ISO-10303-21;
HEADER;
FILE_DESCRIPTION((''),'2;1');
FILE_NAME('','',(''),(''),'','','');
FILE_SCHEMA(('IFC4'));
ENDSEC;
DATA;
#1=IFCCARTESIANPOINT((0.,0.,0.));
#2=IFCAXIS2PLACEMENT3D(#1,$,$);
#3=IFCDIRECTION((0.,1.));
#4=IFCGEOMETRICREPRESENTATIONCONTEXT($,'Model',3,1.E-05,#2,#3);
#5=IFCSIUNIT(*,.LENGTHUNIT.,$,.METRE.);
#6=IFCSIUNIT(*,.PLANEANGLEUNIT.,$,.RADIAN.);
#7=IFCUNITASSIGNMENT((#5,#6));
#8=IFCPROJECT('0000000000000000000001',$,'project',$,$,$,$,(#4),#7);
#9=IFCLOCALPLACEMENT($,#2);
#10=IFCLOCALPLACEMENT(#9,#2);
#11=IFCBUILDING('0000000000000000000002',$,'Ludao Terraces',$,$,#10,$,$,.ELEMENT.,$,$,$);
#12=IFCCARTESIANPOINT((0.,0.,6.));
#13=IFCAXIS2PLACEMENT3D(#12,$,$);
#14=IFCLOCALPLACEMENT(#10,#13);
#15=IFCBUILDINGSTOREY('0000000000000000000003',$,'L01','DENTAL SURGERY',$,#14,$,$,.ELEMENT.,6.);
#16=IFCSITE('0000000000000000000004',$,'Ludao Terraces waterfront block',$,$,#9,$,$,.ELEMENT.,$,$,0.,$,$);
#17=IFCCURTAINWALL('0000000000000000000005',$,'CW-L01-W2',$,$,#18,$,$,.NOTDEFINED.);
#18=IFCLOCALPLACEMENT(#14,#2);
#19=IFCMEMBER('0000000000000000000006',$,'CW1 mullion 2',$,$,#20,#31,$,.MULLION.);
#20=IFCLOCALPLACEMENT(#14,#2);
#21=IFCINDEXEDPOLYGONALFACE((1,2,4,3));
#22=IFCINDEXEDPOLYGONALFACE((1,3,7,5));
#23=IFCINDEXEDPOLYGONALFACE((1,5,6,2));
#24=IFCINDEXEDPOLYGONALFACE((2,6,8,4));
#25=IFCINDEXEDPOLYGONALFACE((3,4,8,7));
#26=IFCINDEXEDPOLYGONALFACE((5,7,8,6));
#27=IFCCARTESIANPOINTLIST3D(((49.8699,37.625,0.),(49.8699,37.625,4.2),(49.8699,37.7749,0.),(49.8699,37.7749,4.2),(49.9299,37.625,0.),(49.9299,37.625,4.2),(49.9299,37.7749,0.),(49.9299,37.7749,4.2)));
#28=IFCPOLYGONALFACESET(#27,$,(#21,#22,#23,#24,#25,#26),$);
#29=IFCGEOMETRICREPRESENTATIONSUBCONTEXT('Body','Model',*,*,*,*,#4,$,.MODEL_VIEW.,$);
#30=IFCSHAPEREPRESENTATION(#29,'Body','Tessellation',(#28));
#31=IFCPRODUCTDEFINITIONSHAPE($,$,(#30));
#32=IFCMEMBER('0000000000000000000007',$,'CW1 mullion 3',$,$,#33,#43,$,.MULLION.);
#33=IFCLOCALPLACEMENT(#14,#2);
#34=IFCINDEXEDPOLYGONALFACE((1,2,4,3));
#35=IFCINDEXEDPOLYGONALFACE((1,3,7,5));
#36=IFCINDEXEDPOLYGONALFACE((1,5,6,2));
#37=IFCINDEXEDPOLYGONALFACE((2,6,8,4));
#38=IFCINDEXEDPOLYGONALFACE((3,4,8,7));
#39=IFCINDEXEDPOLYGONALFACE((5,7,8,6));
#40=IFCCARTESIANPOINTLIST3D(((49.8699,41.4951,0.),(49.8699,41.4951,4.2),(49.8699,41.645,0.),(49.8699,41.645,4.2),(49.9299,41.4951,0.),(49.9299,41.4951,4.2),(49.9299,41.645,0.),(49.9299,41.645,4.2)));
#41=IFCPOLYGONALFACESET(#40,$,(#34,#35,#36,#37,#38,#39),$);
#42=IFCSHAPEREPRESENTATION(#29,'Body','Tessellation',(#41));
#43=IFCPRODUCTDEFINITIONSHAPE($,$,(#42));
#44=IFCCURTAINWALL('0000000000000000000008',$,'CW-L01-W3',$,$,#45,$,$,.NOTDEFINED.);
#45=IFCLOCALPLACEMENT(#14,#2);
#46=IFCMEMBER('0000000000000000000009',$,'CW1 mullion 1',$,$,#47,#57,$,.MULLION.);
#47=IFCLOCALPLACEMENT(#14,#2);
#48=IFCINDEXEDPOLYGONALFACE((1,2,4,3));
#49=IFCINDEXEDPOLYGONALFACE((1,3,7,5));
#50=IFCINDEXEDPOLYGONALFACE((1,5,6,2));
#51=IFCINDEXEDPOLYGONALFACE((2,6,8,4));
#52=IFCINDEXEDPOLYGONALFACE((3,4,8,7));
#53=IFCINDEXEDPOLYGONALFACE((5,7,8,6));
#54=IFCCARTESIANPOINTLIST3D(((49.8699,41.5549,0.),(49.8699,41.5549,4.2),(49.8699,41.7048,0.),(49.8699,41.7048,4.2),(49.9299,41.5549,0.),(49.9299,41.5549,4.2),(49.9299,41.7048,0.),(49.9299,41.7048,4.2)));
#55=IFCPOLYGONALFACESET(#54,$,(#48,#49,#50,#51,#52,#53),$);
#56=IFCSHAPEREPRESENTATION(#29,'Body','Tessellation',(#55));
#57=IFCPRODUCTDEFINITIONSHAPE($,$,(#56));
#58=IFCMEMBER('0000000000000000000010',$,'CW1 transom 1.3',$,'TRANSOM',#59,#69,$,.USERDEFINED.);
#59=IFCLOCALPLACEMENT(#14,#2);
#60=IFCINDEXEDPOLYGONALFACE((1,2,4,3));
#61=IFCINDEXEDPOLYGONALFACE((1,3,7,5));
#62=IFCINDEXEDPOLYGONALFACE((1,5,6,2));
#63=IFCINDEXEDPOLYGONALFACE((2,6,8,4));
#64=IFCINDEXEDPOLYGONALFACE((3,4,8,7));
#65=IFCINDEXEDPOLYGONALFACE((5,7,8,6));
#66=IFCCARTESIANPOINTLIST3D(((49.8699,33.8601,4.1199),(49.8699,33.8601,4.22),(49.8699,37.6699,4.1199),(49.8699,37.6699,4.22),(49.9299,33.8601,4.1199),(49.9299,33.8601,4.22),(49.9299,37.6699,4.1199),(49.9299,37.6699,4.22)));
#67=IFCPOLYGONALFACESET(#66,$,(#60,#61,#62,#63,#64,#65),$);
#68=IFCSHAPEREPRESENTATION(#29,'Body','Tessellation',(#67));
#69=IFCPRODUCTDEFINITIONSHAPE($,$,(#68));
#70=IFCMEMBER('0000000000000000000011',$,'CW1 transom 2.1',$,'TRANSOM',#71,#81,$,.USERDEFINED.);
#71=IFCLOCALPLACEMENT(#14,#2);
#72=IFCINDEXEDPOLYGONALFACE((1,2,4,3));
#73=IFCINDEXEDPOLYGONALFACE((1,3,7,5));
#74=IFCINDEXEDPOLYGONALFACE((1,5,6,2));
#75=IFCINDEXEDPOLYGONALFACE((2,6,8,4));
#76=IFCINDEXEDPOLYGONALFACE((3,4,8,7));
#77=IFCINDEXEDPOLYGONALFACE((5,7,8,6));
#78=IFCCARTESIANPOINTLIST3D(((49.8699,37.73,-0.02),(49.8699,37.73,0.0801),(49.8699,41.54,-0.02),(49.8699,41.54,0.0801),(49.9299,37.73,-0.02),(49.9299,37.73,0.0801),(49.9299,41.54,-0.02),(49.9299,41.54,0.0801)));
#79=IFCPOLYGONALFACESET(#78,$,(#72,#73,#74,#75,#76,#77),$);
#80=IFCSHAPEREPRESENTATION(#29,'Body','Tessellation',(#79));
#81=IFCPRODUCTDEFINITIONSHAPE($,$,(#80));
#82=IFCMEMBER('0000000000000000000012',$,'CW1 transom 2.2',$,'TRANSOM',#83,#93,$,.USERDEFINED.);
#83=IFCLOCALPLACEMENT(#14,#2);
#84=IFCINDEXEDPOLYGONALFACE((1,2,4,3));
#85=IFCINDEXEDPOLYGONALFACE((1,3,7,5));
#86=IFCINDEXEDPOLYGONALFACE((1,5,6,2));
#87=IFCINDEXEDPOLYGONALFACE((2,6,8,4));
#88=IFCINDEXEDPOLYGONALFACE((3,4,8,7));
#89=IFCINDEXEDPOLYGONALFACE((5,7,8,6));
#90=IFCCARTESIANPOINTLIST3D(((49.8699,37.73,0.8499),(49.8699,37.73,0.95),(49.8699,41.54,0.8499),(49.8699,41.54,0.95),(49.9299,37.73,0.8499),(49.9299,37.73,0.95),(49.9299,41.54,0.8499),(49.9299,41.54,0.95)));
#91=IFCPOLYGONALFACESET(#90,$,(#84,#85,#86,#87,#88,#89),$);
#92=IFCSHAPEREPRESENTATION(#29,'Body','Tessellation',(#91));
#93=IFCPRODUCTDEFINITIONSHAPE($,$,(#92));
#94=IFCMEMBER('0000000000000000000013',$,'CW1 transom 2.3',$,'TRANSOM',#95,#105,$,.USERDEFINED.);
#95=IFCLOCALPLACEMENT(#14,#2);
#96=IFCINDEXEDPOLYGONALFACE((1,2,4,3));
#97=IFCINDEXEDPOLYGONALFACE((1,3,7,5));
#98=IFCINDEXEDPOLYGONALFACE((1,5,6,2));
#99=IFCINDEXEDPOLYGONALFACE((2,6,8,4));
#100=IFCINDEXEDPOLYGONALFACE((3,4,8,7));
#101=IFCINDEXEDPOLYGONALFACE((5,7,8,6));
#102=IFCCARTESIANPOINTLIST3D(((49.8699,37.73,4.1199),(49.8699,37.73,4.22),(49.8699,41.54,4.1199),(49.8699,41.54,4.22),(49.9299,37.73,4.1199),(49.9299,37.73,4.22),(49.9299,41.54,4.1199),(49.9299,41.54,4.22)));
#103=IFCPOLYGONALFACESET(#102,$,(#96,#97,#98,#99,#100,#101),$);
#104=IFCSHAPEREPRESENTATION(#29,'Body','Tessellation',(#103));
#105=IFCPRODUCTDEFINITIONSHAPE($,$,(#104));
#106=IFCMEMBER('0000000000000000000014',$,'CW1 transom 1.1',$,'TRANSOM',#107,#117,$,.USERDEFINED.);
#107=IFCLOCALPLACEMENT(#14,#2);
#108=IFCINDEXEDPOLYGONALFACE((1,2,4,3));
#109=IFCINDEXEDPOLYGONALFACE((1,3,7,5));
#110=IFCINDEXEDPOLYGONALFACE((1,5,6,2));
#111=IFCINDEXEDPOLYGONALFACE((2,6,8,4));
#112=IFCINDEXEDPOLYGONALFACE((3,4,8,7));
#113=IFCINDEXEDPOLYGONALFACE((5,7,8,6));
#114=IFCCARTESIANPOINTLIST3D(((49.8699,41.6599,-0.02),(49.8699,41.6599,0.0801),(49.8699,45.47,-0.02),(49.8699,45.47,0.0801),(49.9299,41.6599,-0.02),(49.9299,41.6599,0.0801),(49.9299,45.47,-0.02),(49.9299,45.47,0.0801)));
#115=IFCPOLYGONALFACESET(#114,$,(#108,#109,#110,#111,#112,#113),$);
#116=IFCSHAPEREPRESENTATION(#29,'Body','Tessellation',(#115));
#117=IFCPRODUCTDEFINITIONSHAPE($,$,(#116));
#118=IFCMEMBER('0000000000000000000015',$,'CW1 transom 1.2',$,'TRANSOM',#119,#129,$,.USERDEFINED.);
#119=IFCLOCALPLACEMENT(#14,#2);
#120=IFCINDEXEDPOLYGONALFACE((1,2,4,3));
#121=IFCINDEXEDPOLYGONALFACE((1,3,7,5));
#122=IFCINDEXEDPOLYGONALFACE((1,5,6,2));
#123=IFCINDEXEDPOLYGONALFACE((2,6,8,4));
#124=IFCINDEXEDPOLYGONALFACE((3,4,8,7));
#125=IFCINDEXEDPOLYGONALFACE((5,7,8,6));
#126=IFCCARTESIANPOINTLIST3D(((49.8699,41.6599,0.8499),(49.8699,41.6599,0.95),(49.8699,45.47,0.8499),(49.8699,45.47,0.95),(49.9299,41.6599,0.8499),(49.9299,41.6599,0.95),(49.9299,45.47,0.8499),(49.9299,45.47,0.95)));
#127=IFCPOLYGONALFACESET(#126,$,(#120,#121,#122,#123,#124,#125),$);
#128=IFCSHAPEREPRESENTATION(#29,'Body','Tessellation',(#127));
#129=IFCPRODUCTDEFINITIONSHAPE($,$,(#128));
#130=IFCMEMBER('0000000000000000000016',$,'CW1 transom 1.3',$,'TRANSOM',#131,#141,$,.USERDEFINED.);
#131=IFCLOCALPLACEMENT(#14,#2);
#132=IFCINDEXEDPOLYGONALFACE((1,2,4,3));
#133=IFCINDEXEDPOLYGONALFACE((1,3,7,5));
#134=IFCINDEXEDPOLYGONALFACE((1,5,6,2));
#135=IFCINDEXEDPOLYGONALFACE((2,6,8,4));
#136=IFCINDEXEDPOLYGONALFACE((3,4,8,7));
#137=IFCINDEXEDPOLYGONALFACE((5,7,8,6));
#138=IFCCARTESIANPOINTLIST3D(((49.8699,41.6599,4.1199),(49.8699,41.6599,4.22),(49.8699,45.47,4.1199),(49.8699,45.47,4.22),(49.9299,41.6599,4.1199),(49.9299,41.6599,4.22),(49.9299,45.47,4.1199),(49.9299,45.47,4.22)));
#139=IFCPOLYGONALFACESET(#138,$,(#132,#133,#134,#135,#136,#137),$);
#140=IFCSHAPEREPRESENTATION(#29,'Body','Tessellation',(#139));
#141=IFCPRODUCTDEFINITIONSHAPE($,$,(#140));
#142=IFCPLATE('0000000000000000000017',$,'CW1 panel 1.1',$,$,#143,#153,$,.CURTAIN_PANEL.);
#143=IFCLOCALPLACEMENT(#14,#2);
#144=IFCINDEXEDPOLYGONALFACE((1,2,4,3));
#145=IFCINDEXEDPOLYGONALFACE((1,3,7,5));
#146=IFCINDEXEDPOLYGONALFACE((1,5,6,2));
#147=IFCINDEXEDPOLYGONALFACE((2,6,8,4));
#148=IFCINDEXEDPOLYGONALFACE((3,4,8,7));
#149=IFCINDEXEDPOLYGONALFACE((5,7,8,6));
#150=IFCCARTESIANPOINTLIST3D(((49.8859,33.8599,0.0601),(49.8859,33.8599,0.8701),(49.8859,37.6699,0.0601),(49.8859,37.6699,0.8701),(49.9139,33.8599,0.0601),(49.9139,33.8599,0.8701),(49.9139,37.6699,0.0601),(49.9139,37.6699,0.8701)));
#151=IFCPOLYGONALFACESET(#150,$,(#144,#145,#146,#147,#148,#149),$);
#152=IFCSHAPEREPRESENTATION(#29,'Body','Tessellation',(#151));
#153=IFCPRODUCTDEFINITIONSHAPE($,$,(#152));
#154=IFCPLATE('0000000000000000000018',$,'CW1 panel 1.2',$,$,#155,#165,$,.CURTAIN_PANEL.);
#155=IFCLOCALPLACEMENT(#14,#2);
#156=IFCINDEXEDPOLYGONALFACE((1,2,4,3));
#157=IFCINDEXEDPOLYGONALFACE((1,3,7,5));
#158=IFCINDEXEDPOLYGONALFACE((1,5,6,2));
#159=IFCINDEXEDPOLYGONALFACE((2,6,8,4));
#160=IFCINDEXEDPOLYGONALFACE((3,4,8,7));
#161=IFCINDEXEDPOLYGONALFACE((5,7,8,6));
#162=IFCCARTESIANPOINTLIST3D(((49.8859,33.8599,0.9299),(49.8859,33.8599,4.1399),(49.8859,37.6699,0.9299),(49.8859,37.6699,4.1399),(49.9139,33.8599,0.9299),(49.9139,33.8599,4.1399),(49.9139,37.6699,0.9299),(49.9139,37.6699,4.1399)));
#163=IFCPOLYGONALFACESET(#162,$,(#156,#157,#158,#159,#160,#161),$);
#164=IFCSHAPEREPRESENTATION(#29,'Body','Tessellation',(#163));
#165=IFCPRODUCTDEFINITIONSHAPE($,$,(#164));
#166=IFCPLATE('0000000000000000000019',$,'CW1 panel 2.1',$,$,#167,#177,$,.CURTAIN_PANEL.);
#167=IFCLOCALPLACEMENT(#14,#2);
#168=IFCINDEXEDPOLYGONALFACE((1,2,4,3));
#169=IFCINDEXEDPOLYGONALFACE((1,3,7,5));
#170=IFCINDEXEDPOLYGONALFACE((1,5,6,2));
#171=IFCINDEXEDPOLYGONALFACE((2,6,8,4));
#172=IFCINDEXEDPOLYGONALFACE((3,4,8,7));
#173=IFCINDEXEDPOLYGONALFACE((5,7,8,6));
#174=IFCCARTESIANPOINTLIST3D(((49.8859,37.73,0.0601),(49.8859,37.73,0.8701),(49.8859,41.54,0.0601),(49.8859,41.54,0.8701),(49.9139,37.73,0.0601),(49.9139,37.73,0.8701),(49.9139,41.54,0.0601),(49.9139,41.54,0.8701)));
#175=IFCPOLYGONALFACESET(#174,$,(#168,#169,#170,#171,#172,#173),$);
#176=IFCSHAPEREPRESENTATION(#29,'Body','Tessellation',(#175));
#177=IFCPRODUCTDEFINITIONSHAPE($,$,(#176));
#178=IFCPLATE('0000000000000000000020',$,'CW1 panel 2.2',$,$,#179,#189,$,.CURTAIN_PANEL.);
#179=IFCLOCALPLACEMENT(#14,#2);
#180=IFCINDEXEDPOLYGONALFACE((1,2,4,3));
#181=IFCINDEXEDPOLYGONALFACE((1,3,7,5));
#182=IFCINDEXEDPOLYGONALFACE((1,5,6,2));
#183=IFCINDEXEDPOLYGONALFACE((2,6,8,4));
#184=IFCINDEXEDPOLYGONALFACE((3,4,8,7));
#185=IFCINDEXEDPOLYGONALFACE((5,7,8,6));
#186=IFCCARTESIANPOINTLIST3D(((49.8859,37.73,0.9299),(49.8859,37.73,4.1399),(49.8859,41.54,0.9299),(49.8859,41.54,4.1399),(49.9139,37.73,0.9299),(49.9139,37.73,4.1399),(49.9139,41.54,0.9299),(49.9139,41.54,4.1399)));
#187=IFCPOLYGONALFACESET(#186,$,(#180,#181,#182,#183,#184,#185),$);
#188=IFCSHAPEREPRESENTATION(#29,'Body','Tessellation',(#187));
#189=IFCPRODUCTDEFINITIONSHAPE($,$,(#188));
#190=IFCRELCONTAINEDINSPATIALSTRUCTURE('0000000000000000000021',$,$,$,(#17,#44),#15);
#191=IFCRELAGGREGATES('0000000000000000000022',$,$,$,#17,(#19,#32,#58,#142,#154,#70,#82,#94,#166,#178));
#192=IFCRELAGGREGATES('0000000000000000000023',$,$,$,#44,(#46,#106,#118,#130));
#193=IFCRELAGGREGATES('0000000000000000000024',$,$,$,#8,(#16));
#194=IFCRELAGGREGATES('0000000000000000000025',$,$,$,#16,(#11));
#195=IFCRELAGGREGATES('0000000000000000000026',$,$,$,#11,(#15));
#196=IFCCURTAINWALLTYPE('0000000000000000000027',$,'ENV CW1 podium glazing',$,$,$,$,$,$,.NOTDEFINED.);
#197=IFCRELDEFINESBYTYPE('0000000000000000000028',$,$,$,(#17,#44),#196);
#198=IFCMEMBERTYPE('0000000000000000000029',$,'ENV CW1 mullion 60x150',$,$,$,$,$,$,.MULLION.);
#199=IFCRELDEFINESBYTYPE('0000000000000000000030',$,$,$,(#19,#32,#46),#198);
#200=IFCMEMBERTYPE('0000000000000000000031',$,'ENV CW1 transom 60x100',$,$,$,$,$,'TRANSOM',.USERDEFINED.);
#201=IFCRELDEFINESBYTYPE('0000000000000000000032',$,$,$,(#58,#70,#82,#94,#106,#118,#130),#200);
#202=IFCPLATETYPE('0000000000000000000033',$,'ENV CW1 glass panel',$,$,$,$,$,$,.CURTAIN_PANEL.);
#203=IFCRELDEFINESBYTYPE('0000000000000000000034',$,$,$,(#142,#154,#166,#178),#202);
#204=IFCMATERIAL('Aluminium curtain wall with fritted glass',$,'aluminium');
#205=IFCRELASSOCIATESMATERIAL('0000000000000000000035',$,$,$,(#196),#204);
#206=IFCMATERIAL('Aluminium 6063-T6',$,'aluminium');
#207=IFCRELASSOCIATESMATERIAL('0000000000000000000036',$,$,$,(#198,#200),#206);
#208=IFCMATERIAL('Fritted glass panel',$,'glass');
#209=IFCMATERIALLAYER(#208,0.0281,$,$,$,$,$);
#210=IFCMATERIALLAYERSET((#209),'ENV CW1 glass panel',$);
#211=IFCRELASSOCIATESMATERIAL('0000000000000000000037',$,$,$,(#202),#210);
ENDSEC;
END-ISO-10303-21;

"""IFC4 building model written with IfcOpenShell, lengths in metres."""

from ifc_helpers import new_model, si_unit, direction, frame, origin, origin_2d, place, context, subcontext, project, spatial, rectangle, extrude, material, layer, layer_set, material_profile, profile_set, type_object, element, aggregate, save


model = new_model("IFC4")

# Units and contexts
model_context = context("Model", 3, precision=1e-05, world=origin(), true_north=direction((0.0, 1.0)))
body_context = subcontext(model_context, "Body", "Model", "MODEL_VIEW")
ifc_project = project(units=[si_unit("LENGTHUNIT", "METRE"), si_unit("PLANEANGLEUNIT", "RADIAN")], contexts=[model_context])

# Site, building, storey
site_placement = place(None, origin())
site = spatial("IfcSite", under=ifc_project, at=site_placement, Name="Ludao Terraces waterfront block", CompositionType="ELEMENT", RefElevation=0.0)
building_placement = place(site_placement, origin())
building = spatial("IfcBuilding", under=site, at=building_placement, Name="Ludao Terraces", CompositionType="ELEMENT")
storey_placement = place(building_placement, frame((0.0, 0.0, 6.0)))
storey = spatial("IfcBuildingStorey", under=building, at=storey_placement, Name="L01", Description="DENTAL SURGERY", CompositionType="ELEMENT", Elevation=6.0)

# Curtain wall, members
ifc_material_1 = material(Name="Aluminium curtain wall with fritted glass", Category="aluminium")
curtain_wall_type = type_object("IfcCurtainWallType", Name="ENV CW1 podium glazing", PredefinedType="NOTDEFINED", material=ifc_material_1)
curtain_wall_1_placement = place(storey_placement, origin())
curtain_wall_1 = element("IfcCurtainWall", 1, at=curtain_wall_1_placement, inside=storey, type_object=curtain_wall_type, Name="CW-L01-W2", PredefinedType="NOTDEFINED")
ifc_material_2 = material(Name="Aluminium 6063-T6", Category="aluminium")
ifc_material_profile_1 = material_profile(ifc_material_2, rectangle(XDim=0.0601, YDim=0.1499, at=origin_2d()), Name="60 X 150")
ifc_profile_set_1 = profile_set([ifc_material_profile_1], Name="Aluminium 6063-T6")
member_type_1 = type_object("IfcMemberType", Name="ENV CW1 mullion 60x150", PredefinedType="MULLION", material=ifc_profile_set_1)
member_1_placement = place(storey_placement, frame((49.8999, 37.7, 0.0), z_axis=(0.0, 0.0, 1.0), x_axis=(-1.0, 0.0, 0.0)))
member_1 = element("IfcMember", 2, at=member_1_placement, type_object=member_type_1, Name="CW1 mullion 2", PredefinedType="MULLION", context=body_context, shape_type="SweptSolid", body=[
    extrude(rectangle(XDim=0.0601, YDim=0.1499, at=origin_2d()), origin(), (0.0, 0.0, 1.0), 4.2),
])
member_2_placement = place(storey_placement, frame((49.8999, 41.5701, 0.0), z_axis=(0.0, 0.0, 1.0), x_axis=(-1.0, 0.0, 0.0)))
member_2 = element("IfcMember", 3, at=member_2_placement, type_object=member_type_1, Name="CW1 mullion 3", PredefinedType="MULLION", context=body_context, shape_type="SweptSolid", body=[
    extrude(rectangle(XDim=0.0601, YDim=0.1499, at=origin_2d()), origin(), (0.0, 0.0, 1.0), 4.2),
])

# Curtain wall, member
curtain_wall_2_placement = place(storey_placement, origin())
curtain_wall_2 = element("IfcCurtainWall", 4, at=curtain_wall_2_placement, inside=storey, type_object=curtain_wall_type, Name="CW-L01-W3", PredefinedType="NOTDEFINED")
member_3_placement = place(storey_placement, frame((49.8999, 41.6299, 0.0), z_axis=(0.0, 0.0, 1.0), x_axis=(-1.0, 0.0, 0.0)))
member_3 = element("IfcMember", 5, at=member_3_placement, type_object=member_type_1, Name="CW1 mullion 1", PredefinedType="MULLION", context=body_context, shape_type="SweptSolid", body=[
    extrude(rectangle(XDim=0.0601, YDim=0.1499, at=origin_2d()), origin(), (0.0, 0.0, 1.0), 4.2),
])

# Members
ifc_material_profile_2 = material_profile(ifc_material_2, rectangle(XDim=0.0601, YDim=0.1001, at=origin_2d()), Name="60 X 100")
ifc_profile_set_2 = profile_set([ifc_material_profile_2], Name="Aluminium 6063-T6")
member_type_2 = type_object("IfcMemberType", Name="ENV CW1 transom 60x100", ElementType="TRANSOM", PredefinedType="USERDEFINED", material=ifc_profile_set_2)
member_4_placement = place(storey_placement, frame((49.8999, 33.8601, 4.1699), z_axis=(0.0, 1.0, 0.0), x_axis=(-1.0, 0.0, 0.0)))
member_4 = element("IfcMember", 6, at=member_4_placement, type_object=member_type_2, Name="CW1 transom 1.3", ObjectType="TRANSOM", PredefinedType="USERDEFINED", context=body_context, shape_type="SweptSolid", body=[
    extrude(rectangle(XDim=0.0601, YDim=0.1001, at=origin_2d()), origin(), (0.0, 0.0, 1.0), 3.8098),
])
member_5_placement = place(storey_placement, frame((49.8999, 37.73, 0.03), z_axis=(0.0, 1.0, 0.0), x_axis=(-1.0, 0.0, 0.0)))
member_5 = element("IfcMember", 7, at=member_5_placement, type_object=member_type_2, Name="CW1 transom 2.1", ObjectType="TRANSOM", PredefinedType="USERDEFINED", context=body_context, shape_type="SweptSolid", body=[
    extrude(rectangle(XDim=0.0601, YDim=0.1001, at=origin_2d()), origin(), (0.0, 0.0, 1.0), 3.8101),
])
member_6_placement = place(storey_placement, frame((49.8999, 37.73, 0.8999), z_axis=(0.0, 1.0, 0.0), x_axis=(-1.0, 0.0, 0.0)))
member_6 = element("IfcMember", 8, at=member_6_placement, type_object=member_type_2, Name="CW1 transom 2.2", ObjectType="TRANSOM", PredefinedType="USERDEFINED", context=body_context, shape_type="SweptSolid", body=[
    extrude(rectangle(XDim=0.0601, YDim=0.1001, at=origin_2d()), origin(), (0.0, 0.0, 1.0), 3.8101),
])
member_7_placement = place(storey_placement, frame((49.8999, 37.73, 4.1699), z_axis=(0.0, 1.0, 0.0), x_axis=(-1.0, 0.0, 0.0)))
member_7 = element("IfcMember", 9, at=member_7_placement, type_object=member_type_2, Name="CW1 transom 2.3", ObjectType="TRANSOM", PredefinedType="USERDEFINED", context=body_context, shape_type="SweptSolid", body=[
    extrude(rectangle(XDim=0.0601, YDim=0.1001, at=origin_2d()), origin(), (0.0, 0.0, 1.0), 3.8101),
])
member_8_placement = place(storey_placement, frame((49.8999, 41.6599, 0.03), z_axis=(0.0, 1.0, 0.0), x_axis=(-1.0, 0.0, 0.0)))
member_8 = element("IfcMember", 10, at=member_8_placement, type_object=member_type_2, Name="CW1 transom 1.1", ObjectType="TRANSOM", PredefinedType="USERDEFINED", context=body_context, shape_type="SweptSolid", body=[
    extrude(rectangle(XDim=0.0601, YDim=0.1001, at=origin_2d()), origin(), (0.0, 0.0, 1.0), 3.8101),
])
member_9_placement = place(storey_placement, frame((49.8999, 41.6599, 0.8999), z_axis=(0.0, 1.0, 0.0), x_axis=(-1.0, 0.0, 0.0)))
member_9 = element("IfcMember", 11, at=member_9_placement, type_object=member_type_2, Name="CW1 transom 1.2", ObjectType="TRANSOM", PredefinedType="USERDEFINED", context=body_context, shape_type="SweptSolid", body=[
    extrude(rectangle(XDim=0.0601, YDim=0.1001, at=origin_2d()), origin(), (0.0, 0.0, 1.0), 3.8101),
])
member_10_placement = place(storey_placement, frame((49.8999, 41.6599, 4.1699), z_axis=(0.0, 1.0, 0.0), x_axis=(-1.0, 0.0, 0.0)))
member_10 = element("IfcMember", 12, at=member_10_placement, type_object=member_type_2, Name="CW1 transom 1.3", ObjectType="TRANSOM", PredefinedType="USERDEFINED", context=body_context, shape_type="SweptSolid", body=[
    extrude(rectangle(XDim=0.0601, YDim=0.1001, at=origin_2d()), origin(), (0.0, 0.0, 1.0), 3.8101),
])

# Plates
ifc_material_3 = material(Name="Fritted glass panel", Category="glass")
ifc_layer_1 = layer(ifc_material_3, 0.0281)
ifc_layer_set_1 = layer_set([ifc_layer_1], Name="ENV CW1 glass panel")
plate_type = type_object("IfcPlateType", Name="ENV CW1 glass panel", PredefinedType="CURTAIN_PANEL", material=ifc_layer_set_1)
plate_1_placement = place(storey_placement, frame((49.8999, 35.7649, 0.0601), z_axis=(0.0, 0.0, 1.0), x_axis=(0.0, 1.0, 0.0)))
plate_1 = element("IfcPlate", 13, at=plate_1_placement, type_object=plate_type, Name="CW1 panel 1.1", PredefinedType="CURTAIN_PANEL", context=body_context, shape_type="SweptSolid", body=[
    extrude(rectangle(XDim=3.8101, YDim=0.0281, at=origin_2d()), origin(), (0.0, 0.0, 1.0), 0.8101),
])
plate_2_placement = place(storey_placement, frame((49.8999, 35.7649, 0.9299), z_axis=(0.0, 0.0, 1.0), x_axis=(0.0, 1.0, 0.0)))
plate_2 = element("IfcPlate", 14, at=plate_2_placement, type_object=plate_type, Name="CW1 panel 1.2", PredefinedType="CURTAIN_PANEL", context=body_context, shape_type="SweptSolid", body=[
    extrude(rectangle(XDim=3.8101, YDim=0.0281, at=origin_2d()), origin(), (0.0, 0.0, 1.0), 3.21),
])
plate_3_placement = place(storey_placement, frame((49.8999, 39.635, 0.0601), z_axis=(0.0, 0.0, 1.0), x_axis=(0.0, 1.0, 0.0)))
plate_3 = element("IfcPlate", 15, at=plate_3_placement, type_object=plate_type, Name="CW1 panel 2.1", PredefinedType="CURTAIN_PANEL", context=body_context, shape_type="SweptSolid", body=[
    extrude(rectangle(XDim=3.8101, YDim=0.0281, at=origin_2d()), origin(), (0.0, 0.0, 1.0), 0.8101),
])
plate_4_placement = place(storey_placement, frame((49.8999, 39.635, 0.9299), z_axis=(0.0, 0.0, 1.0), x_axis=(0.0, 1.0, 0.0)))
plate_4 = element("IfcPlate", 16, at=plate_4_placement, type_object=plate_type, Name="CW1 panel 2.2", PredefinedType="CURTAIN_PANEL", context=body_context, shape_type="SweptSolid", body=[
    extrude(rectangle(XDim=3.8101, YDim=0.0281, at=origin_2d()), origin(), (0.0, 0.0, 1.0), 3.21),
])
aggregate(curtain_wall_1, [member_1, member_2, member_4, plate_1, plate_2, member_5, member_6, member_7, plate_3, plate_4])
aggregate(curtain_wall_2, [member_3, member_8, member_9, member_10])

save(model, "model.ifc")
